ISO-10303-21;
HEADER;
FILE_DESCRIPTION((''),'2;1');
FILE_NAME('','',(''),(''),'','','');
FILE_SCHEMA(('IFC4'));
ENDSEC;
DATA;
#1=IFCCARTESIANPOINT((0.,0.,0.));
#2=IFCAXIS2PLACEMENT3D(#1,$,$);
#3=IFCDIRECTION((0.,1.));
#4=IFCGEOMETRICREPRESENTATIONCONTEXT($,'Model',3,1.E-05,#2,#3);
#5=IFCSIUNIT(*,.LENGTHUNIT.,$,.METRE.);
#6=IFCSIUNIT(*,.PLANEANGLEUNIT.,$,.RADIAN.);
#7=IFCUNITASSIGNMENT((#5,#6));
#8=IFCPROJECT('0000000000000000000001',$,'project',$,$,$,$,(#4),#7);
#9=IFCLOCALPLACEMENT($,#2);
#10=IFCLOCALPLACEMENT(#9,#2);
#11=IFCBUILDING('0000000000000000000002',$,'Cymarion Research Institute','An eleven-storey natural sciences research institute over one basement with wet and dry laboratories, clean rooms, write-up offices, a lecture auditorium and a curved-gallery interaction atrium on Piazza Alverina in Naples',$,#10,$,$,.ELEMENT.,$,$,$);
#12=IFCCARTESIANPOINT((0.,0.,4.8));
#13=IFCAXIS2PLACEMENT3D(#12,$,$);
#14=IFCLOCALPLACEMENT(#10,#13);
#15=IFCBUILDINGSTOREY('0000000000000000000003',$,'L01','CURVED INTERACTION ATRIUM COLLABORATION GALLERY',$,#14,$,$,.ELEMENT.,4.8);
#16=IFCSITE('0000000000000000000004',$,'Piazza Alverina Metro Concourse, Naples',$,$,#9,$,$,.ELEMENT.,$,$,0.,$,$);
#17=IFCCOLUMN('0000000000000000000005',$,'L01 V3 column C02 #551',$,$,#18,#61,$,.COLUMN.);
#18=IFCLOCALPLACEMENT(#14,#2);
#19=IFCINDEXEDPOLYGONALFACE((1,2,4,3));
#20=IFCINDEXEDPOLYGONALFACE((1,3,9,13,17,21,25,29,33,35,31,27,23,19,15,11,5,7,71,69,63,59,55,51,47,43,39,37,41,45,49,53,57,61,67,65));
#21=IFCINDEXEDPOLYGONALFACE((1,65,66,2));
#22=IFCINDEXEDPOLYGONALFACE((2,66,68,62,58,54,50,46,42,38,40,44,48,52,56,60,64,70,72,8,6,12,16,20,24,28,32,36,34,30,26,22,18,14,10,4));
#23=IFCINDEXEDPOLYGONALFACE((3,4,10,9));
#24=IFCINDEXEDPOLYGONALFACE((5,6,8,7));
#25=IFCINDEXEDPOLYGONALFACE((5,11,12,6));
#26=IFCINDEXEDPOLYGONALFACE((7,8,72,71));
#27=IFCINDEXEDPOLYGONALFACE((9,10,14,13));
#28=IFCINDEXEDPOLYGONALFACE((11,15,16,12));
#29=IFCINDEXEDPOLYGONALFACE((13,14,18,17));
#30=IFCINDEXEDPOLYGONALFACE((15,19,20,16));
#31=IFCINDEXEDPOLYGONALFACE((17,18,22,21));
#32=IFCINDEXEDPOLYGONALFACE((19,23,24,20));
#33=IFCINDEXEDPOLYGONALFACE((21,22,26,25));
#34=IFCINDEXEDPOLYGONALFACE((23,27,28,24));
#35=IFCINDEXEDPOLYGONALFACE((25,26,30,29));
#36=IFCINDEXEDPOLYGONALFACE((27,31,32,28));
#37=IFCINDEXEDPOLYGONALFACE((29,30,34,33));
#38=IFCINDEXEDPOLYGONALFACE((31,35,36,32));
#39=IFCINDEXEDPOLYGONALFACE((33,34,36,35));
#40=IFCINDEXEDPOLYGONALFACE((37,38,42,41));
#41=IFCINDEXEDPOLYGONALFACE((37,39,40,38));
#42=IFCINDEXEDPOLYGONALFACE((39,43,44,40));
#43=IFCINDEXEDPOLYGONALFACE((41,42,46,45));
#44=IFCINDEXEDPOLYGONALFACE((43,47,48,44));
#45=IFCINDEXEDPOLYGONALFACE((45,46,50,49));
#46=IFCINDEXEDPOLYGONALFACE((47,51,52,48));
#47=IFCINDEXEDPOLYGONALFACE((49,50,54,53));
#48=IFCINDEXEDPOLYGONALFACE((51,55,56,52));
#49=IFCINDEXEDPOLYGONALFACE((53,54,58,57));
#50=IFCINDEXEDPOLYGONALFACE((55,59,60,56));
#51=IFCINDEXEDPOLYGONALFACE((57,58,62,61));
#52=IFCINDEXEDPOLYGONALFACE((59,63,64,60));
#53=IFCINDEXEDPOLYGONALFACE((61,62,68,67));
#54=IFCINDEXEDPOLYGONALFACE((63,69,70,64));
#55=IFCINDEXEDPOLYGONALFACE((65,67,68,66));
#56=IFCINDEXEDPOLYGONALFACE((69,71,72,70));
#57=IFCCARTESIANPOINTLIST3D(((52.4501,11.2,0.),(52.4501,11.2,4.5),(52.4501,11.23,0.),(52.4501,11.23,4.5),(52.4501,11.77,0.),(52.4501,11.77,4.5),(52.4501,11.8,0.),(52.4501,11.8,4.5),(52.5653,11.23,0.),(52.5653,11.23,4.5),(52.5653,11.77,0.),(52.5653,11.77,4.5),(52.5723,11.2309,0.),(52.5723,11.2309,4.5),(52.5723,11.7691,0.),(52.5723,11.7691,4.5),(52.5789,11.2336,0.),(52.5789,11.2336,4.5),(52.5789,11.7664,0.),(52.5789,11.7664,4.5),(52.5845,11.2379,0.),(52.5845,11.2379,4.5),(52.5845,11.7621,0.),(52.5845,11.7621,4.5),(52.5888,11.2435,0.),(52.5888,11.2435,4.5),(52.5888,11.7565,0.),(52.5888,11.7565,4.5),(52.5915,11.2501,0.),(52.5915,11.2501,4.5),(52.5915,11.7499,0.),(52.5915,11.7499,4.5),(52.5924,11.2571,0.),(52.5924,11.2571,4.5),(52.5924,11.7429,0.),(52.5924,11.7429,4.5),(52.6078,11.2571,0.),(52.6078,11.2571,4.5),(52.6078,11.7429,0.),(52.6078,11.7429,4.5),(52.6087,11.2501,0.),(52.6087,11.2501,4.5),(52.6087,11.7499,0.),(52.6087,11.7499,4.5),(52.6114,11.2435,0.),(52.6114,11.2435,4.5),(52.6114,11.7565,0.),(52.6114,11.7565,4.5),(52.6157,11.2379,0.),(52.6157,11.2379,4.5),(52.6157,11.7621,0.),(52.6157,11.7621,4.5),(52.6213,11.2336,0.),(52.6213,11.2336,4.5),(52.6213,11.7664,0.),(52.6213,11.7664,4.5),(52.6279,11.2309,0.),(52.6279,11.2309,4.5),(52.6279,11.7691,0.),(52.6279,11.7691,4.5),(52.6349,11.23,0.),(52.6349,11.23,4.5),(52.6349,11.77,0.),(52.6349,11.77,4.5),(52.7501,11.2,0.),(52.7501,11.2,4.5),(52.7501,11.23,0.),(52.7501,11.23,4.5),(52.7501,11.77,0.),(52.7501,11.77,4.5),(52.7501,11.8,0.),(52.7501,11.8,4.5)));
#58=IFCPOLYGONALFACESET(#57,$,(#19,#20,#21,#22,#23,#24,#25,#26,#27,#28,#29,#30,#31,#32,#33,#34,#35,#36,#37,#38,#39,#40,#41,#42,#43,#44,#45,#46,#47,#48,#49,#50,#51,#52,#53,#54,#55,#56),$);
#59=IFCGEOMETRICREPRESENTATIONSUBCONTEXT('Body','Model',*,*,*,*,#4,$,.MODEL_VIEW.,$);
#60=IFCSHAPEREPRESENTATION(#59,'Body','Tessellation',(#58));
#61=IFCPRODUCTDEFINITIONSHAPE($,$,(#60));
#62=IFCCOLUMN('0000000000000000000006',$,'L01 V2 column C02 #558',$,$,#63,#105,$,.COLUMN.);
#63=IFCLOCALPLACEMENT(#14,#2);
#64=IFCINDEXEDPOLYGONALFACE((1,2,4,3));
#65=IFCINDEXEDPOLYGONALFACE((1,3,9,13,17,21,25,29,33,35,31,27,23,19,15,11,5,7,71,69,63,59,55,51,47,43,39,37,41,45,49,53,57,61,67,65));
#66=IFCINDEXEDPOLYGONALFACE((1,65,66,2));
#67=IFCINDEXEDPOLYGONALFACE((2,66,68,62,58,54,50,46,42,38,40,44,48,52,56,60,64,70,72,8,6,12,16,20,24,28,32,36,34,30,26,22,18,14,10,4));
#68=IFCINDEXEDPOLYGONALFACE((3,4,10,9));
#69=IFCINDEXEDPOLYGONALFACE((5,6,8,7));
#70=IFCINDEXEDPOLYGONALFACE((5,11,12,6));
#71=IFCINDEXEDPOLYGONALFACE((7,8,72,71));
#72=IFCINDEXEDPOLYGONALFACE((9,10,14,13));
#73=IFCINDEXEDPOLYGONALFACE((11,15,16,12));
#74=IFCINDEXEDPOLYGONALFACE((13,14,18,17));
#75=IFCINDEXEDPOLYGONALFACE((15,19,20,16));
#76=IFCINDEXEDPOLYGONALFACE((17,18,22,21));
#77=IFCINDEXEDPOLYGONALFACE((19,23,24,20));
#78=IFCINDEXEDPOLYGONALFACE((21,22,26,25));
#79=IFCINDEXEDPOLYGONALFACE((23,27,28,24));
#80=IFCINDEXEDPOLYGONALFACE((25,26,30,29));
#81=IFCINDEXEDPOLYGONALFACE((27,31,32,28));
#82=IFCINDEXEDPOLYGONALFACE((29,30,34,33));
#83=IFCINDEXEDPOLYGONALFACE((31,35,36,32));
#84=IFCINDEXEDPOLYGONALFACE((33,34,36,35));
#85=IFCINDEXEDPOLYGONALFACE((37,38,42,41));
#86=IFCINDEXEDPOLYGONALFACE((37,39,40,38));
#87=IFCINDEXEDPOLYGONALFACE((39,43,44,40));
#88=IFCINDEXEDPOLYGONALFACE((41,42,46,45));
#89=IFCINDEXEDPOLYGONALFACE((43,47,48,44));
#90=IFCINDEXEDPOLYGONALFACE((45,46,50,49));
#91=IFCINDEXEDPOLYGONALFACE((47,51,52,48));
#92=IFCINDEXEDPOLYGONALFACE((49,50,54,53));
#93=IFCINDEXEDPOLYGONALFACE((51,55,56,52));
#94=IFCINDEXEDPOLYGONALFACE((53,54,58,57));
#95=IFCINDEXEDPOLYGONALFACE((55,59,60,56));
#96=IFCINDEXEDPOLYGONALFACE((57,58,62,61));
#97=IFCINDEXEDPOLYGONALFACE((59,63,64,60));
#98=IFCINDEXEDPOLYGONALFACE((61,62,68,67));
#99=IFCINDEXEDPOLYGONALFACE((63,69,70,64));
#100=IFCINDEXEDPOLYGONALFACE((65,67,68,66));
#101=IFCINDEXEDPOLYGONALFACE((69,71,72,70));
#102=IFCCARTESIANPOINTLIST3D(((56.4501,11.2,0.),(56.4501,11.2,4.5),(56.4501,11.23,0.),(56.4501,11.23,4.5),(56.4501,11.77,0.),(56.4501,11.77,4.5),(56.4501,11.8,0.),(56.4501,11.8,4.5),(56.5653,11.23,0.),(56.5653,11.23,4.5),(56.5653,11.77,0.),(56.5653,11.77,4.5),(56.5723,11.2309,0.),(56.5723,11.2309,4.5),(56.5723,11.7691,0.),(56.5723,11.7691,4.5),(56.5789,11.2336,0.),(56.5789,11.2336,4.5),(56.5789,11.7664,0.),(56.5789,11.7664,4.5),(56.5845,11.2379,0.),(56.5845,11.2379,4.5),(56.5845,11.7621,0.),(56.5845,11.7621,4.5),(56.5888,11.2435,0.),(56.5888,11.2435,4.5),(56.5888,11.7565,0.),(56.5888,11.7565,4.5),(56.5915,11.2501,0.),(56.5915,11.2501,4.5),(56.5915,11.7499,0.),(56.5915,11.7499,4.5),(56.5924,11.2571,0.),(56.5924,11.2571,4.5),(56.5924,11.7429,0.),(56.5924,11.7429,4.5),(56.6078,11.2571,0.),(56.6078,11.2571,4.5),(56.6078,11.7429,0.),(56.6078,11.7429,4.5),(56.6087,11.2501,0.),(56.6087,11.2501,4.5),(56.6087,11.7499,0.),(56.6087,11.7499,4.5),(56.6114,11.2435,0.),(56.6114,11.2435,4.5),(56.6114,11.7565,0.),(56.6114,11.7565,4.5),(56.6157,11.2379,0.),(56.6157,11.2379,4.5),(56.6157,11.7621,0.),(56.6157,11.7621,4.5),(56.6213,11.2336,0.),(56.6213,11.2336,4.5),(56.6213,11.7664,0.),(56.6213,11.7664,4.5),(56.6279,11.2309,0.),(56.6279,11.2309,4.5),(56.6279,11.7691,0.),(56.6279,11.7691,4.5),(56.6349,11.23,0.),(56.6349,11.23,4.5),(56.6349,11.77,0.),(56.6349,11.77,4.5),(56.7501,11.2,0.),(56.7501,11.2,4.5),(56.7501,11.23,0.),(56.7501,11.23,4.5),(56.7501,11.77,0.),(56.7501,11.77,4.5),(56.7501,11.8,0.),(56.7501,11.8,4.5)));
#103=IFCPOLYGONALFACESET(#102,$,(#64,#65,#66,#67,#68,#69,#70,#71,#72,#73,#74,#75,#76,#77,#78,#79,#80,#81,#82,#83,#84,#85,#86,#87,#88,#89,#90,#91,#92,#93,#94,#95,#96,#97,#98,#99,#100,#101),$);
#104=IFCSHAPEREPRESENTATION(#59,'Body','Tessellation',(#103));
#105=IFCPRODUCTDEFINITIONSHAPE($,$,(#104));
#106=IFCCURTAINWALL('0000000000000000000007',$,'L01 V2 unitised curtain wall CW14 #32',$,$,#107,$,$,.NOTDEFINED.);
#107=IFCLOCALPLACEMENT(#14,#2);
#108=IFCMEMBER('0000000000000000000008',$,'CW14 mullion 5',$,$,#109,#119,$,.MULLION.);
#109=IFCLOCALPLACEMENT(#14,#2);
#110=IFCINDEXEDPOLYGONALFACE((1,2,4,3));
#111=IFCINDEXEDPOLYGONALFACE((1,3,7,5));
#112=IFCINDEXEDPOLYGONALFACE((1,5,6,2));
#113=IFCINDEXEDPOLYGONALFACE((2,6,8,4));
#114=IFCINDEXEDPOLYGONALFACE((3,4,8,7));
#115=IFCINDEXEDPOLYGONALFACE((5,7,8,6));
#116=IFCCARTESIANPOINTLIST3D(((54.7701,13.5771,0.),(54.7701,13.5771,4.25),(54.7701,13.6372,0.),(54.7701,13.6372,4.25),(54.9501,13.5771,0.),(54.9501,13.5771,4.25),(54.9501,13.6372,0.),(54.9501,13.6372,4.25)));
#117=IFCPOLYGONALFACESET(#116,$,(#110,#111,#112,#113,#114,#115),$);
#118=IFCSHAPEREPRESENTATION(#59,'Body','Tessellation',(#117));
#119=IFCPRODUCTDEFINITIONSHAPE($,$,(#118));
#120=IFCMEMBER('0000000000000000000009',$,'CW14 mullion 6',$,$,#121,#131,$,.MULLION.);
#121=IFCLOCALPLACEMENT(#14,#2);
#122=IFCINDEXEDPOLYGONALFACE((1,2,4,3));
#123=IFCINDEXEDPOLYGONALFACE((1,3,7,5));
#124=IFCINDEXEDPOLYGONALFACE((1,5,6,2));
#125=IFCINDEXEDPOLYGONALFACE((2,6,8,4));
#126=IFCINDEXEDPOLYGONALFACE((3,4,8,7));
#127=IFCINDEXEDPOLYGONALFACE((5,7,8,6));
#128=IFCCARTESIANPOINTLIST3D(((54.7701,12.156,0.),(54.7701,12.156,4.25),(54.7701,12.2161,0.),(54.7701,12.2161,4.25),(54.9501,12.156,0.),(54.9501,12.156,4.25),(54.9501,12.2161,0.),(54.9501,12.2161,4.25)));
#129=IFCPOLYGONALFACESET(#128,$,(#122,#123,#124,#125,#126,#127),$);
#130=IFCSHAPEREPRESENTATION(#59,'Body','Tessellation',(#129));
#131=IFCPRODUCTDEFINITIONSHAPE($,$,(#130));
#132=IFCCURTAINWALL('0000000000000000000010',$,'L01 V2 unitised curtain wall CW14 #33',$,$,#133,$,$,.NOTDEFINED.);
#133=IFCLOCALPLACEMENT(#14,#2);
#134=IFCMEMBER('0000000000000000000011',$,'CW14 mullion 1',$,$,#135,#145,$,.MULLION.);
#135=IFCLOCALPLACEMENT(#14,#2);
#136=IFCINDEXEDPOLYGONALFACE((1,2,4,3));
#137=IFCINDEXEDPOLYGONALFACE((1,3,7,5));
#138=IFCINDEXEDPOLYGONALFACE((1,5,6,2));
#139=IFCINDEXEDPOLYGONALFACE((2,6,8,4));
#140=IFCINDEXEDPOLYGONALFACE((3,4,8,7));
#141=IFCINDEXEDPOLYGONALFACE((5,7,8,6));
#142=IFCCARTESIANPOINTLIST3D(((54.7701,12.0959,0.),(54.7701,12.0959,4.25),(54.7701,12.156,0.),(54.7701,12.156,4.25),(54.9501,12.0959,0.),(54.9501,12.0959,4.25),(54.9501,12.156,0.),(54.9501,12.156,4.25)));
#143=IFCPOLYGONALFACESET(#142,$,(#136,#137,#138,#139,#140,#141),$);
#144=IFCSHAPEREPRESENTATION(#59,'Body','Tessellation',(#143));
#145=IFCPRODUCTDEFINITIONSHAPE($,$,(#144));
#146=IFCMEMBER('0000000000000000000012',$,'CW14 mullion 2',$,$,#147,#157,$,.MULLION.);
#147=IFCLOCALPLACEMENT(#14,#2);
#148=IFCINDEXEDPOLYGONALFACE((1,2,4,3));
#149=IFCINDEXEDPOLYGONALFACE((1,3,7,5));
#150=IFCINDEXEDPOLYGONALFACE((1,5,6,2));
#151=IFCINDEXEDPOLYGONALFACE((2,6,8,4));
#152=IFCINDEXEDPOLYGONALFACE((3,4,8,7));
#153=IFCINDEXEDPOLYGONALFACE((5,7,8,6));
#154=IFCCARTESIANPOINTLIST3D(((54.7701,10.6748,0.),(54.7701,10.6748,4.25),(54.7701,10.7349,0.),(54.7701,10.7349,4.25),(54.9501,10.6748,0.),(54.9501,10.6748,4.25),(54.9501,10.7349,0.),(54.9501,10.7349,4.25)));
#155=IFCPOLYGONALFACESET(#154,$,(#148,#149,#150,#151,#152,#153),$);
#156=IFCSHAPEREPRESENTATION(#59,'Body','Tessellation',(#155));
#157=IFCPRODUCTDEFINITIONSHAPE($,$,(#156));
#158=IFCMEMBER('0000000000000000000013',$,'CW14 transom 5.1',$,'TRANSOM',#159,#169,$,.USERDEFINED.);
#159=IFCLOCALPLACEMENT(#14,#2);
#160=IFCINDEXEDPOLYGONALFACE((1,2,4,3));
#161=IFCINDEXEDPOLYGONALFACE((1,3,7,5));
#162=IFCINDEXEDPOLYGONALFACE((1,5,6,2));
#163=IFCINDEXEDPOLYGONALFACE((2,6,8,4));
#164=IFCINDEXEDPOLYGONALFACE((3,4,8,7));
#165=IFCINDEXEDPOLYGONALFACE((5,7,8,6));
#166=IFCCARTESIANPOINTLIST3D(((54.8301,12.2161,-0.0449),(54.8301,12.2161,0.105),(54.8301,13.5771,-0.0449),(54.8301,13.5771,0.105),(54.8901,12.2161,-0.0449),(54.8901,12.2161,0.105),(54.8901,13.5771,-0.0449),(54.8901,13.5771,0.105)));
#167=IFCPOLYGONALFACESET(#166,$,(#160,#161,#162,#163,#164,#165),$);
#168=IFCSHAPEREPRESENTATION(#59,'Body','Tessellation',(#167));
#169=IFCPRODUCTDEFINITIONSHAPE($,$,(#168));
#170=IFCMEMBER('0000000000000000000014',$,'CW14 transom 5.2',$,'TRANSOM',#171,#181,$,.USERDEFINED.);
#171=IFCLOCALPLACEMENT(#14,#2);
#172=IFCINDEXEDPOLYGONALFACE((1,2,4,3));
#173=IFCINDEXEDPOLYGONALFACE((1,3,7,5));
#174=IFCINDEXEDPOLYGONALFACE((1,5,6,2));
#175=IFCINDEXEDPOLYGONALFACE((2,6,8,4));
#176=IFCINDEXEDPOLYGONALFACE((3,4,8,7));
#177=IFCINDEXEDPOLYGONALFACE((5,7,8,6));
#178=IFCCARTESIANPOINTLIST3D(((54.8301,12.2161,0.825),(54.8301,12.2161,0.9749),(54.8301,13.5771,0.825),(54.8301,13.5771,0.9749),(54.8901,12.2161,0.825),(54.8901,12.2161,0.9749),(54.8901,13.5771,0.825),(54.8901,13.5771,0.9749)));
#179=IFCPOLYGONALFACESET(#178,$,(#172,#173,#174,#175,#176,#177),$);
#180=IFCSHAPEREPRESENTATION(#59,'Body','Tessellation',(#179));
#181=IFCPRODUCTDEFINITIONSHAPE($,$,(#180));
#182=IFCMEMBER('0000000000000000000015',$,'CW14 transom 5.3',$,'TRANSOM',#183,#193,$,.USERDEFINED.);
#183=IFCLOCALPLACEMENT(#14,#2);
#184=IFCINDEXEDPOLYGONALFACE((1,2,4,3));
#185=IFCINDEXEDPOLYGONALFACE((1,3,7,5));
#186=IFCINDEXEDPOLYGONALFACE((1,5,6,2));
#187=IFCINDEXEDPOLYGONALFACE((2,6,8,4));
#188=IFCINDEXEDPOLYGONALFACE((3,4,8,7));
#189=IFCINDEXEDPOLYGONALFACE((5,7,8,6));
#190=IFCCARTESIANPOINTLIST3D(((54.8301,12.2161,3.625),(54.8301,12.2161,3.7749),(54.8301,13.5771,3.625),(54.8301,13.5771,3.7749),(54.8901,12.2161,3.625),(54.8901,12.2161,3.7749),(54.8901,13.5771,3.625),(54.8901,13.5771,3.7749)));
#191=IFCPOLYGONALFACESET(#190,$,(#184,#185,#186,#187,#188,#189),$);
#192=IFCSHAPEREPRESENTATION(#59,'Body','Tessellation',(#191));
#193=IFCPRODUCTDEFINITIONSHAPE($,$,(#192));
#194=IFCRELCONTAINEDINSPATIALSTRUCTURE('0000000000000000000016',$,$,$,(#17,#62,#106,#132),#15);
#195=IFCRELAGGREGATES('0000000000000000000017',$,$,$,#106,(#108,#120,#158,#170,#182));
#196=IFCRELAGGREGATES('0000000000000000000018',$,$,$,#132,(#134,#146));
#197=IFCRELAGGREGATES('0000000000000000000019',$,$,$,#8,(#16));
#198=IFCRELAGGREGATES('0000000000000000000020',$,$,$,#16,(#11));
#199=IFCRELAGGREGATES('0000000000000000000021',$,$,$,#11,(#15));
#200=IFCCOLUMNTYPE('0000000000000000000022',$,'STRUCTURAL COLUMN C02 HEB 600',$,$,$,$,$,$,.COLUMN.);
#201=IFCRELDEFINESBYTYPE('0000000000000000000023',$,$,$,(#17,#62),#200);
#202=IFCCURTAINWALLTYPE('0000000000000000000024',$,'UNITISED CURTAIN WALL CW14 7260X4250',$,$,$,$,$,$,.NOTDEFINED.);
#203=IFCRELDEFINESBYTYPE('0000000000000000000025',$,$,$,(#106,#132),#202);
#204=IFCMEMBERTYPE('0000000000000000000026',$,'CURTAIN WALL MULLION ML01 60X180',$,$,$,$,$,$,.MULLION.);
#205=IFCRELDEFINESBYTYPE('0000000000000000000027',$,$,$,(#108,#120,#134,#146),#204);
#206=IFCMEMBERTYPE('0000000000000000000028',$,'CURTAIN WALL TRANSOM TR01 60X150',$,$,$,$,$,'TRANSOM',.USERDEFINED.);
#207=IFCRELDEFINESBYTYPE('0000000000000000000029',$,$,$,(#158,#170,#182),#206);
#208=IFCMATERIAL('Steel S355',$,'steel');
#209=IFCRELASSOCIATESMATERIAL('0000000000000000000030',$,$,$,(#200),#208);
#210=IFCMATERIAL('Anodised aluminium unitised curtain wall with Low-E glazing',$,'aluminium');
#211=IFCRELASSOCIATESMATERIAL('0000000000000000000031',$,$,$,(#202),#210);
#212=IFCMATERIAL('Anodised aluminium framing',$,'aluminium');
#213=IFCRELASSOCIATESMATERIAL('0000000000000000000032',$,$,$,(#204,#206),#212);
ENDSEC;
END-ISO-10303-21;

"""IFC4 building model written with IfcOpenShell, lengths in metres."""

from ifc_helpers import new_model, si_unit, direction, frame, origin, origin_2d, place, context, subcontext, project, spatial, rectangle, i_section, extrude, material, material_profile, profile_set, type_object, element, aggregate, save


model = new_model("IFC4")

# Units and contexts
model_context = context("Model", 3, precision=1e-05, world=origin(), true_north=direction((0.0, 1.0)))
body_context = subcontext(model_context, "Body", "Model", "MODEL_VIEW")
ifc_project = project(units=[si_unit("LENGTHUNIT", "METRE"), si_unit("PLANEANGLEUNIT", "RADIAN")], contexts=[model_context])

# Site, building, storey
site_placement = place(None, origin())
site = spatial("IfcSite", under=ifc_project, at=site_placement, Name="Piazza Alverina Metro Concourse, Naples", CompositionType="ELEMENT", RefElevation=0.0)
building_placement = place(site_placement, origin())
building = spatial("IfcBuilding", under=site, at=building_placement, Name="Cymarion Research Institute", Description="An eleven-storey natural sciences research institute over one basement with wet and dry laboratories, clean rooms, write-up offices, a lecture auditorium and a curved-gallery interaction atrium on Piazza Alverina in Naples", CompositionType="ELEMENT")
storey_placement = place(building_placement, frame((0.0, 0.0, 4.8)))
storey = spatial("IfcBuildingStorey", under=building, at=storey_placement, Name="L01", Description="CURVED INTERACTION ATRIUM COLLABORATION GALLERY", CompositionType="ELEMENT", Elevation=4.8)

# Columns
ifc_material_1 = material(Name="Steel S355", Category="steel")
ifc_material_profile_1 = material_profile(ifc_material_1, i_section(OverallWidth=0.3, OverallDepth=0.6001, WebThickness=0.0154, FlangeThickness=0.03, FilletRadius=0.0271, at=origin_2d()), Name="HEB 600")
ifc_profile_set_1 = profile_set([ifc_material_profile_1], Name="Steel S355")
column_type = type_object("IfcColumnType", Name="STRUCTURAL COLUMN C02 HEB 600", PredefinedType="COLUMN", material=ifc_profile_set_1)
for number, where, z_axis, x_axis, name in (
    (1, (52.6001, 11.5, 0.0), (0.0, 0.0, 1.0), (1.0, 0.0, 0.0), "L01 V3 column C02 #551"),
    (2, (56.6001, 11.5, 0.0), (0.0, 0.0, 1.0), (1.0, 0.0, 0.0), "L01 V2 column C02 #558"),
):
    element("IfcColumn", number, at=place(storey_placement, frame(where, z_axis=z_axis, x_axis=x_axis)), inside=storey, type_object=column_type, Name=name, PredefinedType="COLUMN", context=body_context, shape_type="SweptSolid", body=[
        extrude(i_section(OverallWidth=0.3, OverallDepth=0.6001, WebThickness=0.0154, FlangeThickness=0.03, FilletRadius=0.0271, at=origin_2d()), origin(), (0.0, 0.0, 1.0), 4.5),
    ])

# Curtain walls, members
ifc_material_2 = material(Name="Anodised aluminium unitised curtain wall with Low-E glazing", Category="aluminium")
curtain_wall_type = type_object("IfcCurtainWallType", Name="UNITISED CURTAIN WALL CW14 7260X4250", PredefinedType="NOTDEFINED", material=ifc_material_2)
curtain_wall_1_placement = place(storey_placement, origin())
curtain_wall_1 = element("IfcCurtainWall", 3, at=curtain_wall_1_placement, inside=storey, type_object=curtain_wall_type, Name="L01 V2 unitised curtain wall CW14 #32", PredefinedType="NOTDEFINED")
ifc_material_3 = material(Name="Anodised aluminium framing", Category="aluminium")
ifc_material_profile_2 = material_profile(ifc_material_3, rectangle(XDim=0.0601, YDim=0.1799, at=origin_2d()), Name="ALU MULLION 60x180")
ifc_profile_set_2 = profile_set([ifc_material_profile_2], Name="Anodised aluminium framing")
member_type_1 = type_object("IfcMemberType", Name="CURTAIN WALL MULLION ML01 60X180", PredefinedType="MULLION", material=ifc_profile_set_2)
member_1_placement = place(storey_placement, frame((54.8601, 13.6072, 0.0), z_axis=(0.0, 0.0, 1.0), x_axis=(0.0, -1.0, 0.0)))
member_1 = element("IfcMember", 4, at=member_1_placement, type_object=member_type_1, Name="CW14 mullion 5", PredefinedType="MULLION", context=body_context, shape_type="SweptSolid", body=[
    extrude(rectangle(XDim=0.0601, YDim=0.1799, at=origin_2d()), origin(), (0.0, 0.0, 1.0), 4.25),
])
member_2_placement = place(storey_placement, frame((54.8601, 12.186, 0.0), z_axis=(0.0, 0.0, 1.0), x_axis=(0.0, -1.0, 0.0)))
member_2 = element("IfcMember", 5, at=member_2_placement, type_object=member_type_1, Name="CW14 mullion 6", PredefinedType="MULLION", context=body_context, shape_type="SweptSolid", body=[
    extrude(rectangle(XDim=0.0601, YDim=0.1799, at=origin_2d()), origin(), (0.0, 0.0, 1.0), 4.25),
])
curtain_wall_2_placement = place(storey_placement, origin())
curtain_wall_2 = element("IfcCurtainWall", 6, at=curtain_wall_2_placement, inside=storey, type_object=curtain_wall_type, Name="L01 V2 unitised curtain wall CW14 #33", PredefinedType="NOTDEFINED")
member_3_placement = place(storey_placement, frame((54.8601, 12.126, 0.0), z_axis=(0.0, 0.0, 1.0), x_axis=(0.0, -1.0, 0.0)))
member_3 = element("IfcMember", 7, at=member_3_placement, type_object=member_type_1, Name="CW14 mullion 1", PredefinedType="MULLION", context=body_context, shape_type="SweptSolid", body=[
    extrude(rectangle(XDim=0.0601, YDim=0.1799, at=origin_2d()), origin(), (0.0, 0.0, 1.0), 4.25),
])
member_4_placement = place(storey_placement, frame((54.8601, 10.7048, 0.0), z_axis=(0.0, 0.0, 1.0), x_axis=(0.0, -1.0, 0.0)))
member_4 = element("IfcMember", 8, at=member_4_placement, type_object=member_type_1, Name="CW14 mullion 2", PredefinedType="MULLION", context=body_context, shape_type="SweptSolid", body=[
    extrude(rectangle(XDim=0.0601, YDim=0.1799, at=origin_2d()), origin(), (0.0, 0.0, 1.0), 4.25),
])

# Members
ifc_material_profile_3 = material_profile(ifc_material_3, rectangle(XDim=0.0601, YDim=0.1499, at=origin_2d()), Name="ALU TRANSOM 60x150")
ifc_profile_set_3 = profile_set([ifc_material_profile_3], Name="Anodised aluminium framing")
member_type_2 = type_object("IfcMemberType", Name="CURTAIN WALL TRANSOM TR01 60X150", ElementType="TRANSOM", PredefinedType="USERDEFINED", material=ifc_profile_set_3)
member_5_placement = place(storey_placement, frame((54.8601, 13.5771, 0.03), z_axis=(0.0, -1.0, 0.0), x_axis=(1.0, 0.0, 0.0)))
member_5 = element("IfcMember", 9, at=member_5_placement, type_object=member_type_2, Name="CW14 transom 5.1", ObjectType="TRANSOM", PredefinedType="USERDEFINED", context=body_context, shape_type="SweptSolid", body=[
    extrude(rectangle(XDim=0.0601, YDim=0.1499, at=origin_2d()), origin(), (0.0, 0.0, 1.0), 1.3611),
])
member_6_placement = place(storey_placement, frame((54.8601, 13.5771, 0.8999), z_axis=(0.0, -1.0, 0.0), x_axis=(1.0, 0.0, 0.0)))
member_6 = element("IfcMember", 10, at=member_6_placement, type_object=member_type_2, Name="CW14 transom 5.2", ObjectType="TRANSOM", PredefinedType="USERDEFINED", context=body_context, shape_type="SweptSolid", body=[
    extrude(rectangle(XDim=0.0601, YDim=0.1499, at=origin_2d()), origin(), (0.0, 0.0, 1.0), 1.3611),
])
member_7_placement = place(storey_placement, frame((54.8601, 13.5771, 3.7), z_axis=(0.0, -1.0, 0.0), x_axis=(1.0, 0.0, 0.0)))
member_7 = element("IfcMember", 11, at=member_7_placement, type_object=member_type_2, Name="CW14 transom 5.3", ObjectType="TRANSOM", PredefinedType="USERDEFINED", context=body_context, shape_type="SweptSolid", body=[
    extrude(rectangle(XDim=0.0601, YDim=0.1499, at=origin_2d()), origin(), (0.0, 0.0, 1.0), 1.3611),
])

aggregate(curtain_wall_1, [member_1, member_2, member_5, member_6, member_7])
aggregate(curtain_wall_2, [member_3, member_4])

save(model, "model.ifc")
